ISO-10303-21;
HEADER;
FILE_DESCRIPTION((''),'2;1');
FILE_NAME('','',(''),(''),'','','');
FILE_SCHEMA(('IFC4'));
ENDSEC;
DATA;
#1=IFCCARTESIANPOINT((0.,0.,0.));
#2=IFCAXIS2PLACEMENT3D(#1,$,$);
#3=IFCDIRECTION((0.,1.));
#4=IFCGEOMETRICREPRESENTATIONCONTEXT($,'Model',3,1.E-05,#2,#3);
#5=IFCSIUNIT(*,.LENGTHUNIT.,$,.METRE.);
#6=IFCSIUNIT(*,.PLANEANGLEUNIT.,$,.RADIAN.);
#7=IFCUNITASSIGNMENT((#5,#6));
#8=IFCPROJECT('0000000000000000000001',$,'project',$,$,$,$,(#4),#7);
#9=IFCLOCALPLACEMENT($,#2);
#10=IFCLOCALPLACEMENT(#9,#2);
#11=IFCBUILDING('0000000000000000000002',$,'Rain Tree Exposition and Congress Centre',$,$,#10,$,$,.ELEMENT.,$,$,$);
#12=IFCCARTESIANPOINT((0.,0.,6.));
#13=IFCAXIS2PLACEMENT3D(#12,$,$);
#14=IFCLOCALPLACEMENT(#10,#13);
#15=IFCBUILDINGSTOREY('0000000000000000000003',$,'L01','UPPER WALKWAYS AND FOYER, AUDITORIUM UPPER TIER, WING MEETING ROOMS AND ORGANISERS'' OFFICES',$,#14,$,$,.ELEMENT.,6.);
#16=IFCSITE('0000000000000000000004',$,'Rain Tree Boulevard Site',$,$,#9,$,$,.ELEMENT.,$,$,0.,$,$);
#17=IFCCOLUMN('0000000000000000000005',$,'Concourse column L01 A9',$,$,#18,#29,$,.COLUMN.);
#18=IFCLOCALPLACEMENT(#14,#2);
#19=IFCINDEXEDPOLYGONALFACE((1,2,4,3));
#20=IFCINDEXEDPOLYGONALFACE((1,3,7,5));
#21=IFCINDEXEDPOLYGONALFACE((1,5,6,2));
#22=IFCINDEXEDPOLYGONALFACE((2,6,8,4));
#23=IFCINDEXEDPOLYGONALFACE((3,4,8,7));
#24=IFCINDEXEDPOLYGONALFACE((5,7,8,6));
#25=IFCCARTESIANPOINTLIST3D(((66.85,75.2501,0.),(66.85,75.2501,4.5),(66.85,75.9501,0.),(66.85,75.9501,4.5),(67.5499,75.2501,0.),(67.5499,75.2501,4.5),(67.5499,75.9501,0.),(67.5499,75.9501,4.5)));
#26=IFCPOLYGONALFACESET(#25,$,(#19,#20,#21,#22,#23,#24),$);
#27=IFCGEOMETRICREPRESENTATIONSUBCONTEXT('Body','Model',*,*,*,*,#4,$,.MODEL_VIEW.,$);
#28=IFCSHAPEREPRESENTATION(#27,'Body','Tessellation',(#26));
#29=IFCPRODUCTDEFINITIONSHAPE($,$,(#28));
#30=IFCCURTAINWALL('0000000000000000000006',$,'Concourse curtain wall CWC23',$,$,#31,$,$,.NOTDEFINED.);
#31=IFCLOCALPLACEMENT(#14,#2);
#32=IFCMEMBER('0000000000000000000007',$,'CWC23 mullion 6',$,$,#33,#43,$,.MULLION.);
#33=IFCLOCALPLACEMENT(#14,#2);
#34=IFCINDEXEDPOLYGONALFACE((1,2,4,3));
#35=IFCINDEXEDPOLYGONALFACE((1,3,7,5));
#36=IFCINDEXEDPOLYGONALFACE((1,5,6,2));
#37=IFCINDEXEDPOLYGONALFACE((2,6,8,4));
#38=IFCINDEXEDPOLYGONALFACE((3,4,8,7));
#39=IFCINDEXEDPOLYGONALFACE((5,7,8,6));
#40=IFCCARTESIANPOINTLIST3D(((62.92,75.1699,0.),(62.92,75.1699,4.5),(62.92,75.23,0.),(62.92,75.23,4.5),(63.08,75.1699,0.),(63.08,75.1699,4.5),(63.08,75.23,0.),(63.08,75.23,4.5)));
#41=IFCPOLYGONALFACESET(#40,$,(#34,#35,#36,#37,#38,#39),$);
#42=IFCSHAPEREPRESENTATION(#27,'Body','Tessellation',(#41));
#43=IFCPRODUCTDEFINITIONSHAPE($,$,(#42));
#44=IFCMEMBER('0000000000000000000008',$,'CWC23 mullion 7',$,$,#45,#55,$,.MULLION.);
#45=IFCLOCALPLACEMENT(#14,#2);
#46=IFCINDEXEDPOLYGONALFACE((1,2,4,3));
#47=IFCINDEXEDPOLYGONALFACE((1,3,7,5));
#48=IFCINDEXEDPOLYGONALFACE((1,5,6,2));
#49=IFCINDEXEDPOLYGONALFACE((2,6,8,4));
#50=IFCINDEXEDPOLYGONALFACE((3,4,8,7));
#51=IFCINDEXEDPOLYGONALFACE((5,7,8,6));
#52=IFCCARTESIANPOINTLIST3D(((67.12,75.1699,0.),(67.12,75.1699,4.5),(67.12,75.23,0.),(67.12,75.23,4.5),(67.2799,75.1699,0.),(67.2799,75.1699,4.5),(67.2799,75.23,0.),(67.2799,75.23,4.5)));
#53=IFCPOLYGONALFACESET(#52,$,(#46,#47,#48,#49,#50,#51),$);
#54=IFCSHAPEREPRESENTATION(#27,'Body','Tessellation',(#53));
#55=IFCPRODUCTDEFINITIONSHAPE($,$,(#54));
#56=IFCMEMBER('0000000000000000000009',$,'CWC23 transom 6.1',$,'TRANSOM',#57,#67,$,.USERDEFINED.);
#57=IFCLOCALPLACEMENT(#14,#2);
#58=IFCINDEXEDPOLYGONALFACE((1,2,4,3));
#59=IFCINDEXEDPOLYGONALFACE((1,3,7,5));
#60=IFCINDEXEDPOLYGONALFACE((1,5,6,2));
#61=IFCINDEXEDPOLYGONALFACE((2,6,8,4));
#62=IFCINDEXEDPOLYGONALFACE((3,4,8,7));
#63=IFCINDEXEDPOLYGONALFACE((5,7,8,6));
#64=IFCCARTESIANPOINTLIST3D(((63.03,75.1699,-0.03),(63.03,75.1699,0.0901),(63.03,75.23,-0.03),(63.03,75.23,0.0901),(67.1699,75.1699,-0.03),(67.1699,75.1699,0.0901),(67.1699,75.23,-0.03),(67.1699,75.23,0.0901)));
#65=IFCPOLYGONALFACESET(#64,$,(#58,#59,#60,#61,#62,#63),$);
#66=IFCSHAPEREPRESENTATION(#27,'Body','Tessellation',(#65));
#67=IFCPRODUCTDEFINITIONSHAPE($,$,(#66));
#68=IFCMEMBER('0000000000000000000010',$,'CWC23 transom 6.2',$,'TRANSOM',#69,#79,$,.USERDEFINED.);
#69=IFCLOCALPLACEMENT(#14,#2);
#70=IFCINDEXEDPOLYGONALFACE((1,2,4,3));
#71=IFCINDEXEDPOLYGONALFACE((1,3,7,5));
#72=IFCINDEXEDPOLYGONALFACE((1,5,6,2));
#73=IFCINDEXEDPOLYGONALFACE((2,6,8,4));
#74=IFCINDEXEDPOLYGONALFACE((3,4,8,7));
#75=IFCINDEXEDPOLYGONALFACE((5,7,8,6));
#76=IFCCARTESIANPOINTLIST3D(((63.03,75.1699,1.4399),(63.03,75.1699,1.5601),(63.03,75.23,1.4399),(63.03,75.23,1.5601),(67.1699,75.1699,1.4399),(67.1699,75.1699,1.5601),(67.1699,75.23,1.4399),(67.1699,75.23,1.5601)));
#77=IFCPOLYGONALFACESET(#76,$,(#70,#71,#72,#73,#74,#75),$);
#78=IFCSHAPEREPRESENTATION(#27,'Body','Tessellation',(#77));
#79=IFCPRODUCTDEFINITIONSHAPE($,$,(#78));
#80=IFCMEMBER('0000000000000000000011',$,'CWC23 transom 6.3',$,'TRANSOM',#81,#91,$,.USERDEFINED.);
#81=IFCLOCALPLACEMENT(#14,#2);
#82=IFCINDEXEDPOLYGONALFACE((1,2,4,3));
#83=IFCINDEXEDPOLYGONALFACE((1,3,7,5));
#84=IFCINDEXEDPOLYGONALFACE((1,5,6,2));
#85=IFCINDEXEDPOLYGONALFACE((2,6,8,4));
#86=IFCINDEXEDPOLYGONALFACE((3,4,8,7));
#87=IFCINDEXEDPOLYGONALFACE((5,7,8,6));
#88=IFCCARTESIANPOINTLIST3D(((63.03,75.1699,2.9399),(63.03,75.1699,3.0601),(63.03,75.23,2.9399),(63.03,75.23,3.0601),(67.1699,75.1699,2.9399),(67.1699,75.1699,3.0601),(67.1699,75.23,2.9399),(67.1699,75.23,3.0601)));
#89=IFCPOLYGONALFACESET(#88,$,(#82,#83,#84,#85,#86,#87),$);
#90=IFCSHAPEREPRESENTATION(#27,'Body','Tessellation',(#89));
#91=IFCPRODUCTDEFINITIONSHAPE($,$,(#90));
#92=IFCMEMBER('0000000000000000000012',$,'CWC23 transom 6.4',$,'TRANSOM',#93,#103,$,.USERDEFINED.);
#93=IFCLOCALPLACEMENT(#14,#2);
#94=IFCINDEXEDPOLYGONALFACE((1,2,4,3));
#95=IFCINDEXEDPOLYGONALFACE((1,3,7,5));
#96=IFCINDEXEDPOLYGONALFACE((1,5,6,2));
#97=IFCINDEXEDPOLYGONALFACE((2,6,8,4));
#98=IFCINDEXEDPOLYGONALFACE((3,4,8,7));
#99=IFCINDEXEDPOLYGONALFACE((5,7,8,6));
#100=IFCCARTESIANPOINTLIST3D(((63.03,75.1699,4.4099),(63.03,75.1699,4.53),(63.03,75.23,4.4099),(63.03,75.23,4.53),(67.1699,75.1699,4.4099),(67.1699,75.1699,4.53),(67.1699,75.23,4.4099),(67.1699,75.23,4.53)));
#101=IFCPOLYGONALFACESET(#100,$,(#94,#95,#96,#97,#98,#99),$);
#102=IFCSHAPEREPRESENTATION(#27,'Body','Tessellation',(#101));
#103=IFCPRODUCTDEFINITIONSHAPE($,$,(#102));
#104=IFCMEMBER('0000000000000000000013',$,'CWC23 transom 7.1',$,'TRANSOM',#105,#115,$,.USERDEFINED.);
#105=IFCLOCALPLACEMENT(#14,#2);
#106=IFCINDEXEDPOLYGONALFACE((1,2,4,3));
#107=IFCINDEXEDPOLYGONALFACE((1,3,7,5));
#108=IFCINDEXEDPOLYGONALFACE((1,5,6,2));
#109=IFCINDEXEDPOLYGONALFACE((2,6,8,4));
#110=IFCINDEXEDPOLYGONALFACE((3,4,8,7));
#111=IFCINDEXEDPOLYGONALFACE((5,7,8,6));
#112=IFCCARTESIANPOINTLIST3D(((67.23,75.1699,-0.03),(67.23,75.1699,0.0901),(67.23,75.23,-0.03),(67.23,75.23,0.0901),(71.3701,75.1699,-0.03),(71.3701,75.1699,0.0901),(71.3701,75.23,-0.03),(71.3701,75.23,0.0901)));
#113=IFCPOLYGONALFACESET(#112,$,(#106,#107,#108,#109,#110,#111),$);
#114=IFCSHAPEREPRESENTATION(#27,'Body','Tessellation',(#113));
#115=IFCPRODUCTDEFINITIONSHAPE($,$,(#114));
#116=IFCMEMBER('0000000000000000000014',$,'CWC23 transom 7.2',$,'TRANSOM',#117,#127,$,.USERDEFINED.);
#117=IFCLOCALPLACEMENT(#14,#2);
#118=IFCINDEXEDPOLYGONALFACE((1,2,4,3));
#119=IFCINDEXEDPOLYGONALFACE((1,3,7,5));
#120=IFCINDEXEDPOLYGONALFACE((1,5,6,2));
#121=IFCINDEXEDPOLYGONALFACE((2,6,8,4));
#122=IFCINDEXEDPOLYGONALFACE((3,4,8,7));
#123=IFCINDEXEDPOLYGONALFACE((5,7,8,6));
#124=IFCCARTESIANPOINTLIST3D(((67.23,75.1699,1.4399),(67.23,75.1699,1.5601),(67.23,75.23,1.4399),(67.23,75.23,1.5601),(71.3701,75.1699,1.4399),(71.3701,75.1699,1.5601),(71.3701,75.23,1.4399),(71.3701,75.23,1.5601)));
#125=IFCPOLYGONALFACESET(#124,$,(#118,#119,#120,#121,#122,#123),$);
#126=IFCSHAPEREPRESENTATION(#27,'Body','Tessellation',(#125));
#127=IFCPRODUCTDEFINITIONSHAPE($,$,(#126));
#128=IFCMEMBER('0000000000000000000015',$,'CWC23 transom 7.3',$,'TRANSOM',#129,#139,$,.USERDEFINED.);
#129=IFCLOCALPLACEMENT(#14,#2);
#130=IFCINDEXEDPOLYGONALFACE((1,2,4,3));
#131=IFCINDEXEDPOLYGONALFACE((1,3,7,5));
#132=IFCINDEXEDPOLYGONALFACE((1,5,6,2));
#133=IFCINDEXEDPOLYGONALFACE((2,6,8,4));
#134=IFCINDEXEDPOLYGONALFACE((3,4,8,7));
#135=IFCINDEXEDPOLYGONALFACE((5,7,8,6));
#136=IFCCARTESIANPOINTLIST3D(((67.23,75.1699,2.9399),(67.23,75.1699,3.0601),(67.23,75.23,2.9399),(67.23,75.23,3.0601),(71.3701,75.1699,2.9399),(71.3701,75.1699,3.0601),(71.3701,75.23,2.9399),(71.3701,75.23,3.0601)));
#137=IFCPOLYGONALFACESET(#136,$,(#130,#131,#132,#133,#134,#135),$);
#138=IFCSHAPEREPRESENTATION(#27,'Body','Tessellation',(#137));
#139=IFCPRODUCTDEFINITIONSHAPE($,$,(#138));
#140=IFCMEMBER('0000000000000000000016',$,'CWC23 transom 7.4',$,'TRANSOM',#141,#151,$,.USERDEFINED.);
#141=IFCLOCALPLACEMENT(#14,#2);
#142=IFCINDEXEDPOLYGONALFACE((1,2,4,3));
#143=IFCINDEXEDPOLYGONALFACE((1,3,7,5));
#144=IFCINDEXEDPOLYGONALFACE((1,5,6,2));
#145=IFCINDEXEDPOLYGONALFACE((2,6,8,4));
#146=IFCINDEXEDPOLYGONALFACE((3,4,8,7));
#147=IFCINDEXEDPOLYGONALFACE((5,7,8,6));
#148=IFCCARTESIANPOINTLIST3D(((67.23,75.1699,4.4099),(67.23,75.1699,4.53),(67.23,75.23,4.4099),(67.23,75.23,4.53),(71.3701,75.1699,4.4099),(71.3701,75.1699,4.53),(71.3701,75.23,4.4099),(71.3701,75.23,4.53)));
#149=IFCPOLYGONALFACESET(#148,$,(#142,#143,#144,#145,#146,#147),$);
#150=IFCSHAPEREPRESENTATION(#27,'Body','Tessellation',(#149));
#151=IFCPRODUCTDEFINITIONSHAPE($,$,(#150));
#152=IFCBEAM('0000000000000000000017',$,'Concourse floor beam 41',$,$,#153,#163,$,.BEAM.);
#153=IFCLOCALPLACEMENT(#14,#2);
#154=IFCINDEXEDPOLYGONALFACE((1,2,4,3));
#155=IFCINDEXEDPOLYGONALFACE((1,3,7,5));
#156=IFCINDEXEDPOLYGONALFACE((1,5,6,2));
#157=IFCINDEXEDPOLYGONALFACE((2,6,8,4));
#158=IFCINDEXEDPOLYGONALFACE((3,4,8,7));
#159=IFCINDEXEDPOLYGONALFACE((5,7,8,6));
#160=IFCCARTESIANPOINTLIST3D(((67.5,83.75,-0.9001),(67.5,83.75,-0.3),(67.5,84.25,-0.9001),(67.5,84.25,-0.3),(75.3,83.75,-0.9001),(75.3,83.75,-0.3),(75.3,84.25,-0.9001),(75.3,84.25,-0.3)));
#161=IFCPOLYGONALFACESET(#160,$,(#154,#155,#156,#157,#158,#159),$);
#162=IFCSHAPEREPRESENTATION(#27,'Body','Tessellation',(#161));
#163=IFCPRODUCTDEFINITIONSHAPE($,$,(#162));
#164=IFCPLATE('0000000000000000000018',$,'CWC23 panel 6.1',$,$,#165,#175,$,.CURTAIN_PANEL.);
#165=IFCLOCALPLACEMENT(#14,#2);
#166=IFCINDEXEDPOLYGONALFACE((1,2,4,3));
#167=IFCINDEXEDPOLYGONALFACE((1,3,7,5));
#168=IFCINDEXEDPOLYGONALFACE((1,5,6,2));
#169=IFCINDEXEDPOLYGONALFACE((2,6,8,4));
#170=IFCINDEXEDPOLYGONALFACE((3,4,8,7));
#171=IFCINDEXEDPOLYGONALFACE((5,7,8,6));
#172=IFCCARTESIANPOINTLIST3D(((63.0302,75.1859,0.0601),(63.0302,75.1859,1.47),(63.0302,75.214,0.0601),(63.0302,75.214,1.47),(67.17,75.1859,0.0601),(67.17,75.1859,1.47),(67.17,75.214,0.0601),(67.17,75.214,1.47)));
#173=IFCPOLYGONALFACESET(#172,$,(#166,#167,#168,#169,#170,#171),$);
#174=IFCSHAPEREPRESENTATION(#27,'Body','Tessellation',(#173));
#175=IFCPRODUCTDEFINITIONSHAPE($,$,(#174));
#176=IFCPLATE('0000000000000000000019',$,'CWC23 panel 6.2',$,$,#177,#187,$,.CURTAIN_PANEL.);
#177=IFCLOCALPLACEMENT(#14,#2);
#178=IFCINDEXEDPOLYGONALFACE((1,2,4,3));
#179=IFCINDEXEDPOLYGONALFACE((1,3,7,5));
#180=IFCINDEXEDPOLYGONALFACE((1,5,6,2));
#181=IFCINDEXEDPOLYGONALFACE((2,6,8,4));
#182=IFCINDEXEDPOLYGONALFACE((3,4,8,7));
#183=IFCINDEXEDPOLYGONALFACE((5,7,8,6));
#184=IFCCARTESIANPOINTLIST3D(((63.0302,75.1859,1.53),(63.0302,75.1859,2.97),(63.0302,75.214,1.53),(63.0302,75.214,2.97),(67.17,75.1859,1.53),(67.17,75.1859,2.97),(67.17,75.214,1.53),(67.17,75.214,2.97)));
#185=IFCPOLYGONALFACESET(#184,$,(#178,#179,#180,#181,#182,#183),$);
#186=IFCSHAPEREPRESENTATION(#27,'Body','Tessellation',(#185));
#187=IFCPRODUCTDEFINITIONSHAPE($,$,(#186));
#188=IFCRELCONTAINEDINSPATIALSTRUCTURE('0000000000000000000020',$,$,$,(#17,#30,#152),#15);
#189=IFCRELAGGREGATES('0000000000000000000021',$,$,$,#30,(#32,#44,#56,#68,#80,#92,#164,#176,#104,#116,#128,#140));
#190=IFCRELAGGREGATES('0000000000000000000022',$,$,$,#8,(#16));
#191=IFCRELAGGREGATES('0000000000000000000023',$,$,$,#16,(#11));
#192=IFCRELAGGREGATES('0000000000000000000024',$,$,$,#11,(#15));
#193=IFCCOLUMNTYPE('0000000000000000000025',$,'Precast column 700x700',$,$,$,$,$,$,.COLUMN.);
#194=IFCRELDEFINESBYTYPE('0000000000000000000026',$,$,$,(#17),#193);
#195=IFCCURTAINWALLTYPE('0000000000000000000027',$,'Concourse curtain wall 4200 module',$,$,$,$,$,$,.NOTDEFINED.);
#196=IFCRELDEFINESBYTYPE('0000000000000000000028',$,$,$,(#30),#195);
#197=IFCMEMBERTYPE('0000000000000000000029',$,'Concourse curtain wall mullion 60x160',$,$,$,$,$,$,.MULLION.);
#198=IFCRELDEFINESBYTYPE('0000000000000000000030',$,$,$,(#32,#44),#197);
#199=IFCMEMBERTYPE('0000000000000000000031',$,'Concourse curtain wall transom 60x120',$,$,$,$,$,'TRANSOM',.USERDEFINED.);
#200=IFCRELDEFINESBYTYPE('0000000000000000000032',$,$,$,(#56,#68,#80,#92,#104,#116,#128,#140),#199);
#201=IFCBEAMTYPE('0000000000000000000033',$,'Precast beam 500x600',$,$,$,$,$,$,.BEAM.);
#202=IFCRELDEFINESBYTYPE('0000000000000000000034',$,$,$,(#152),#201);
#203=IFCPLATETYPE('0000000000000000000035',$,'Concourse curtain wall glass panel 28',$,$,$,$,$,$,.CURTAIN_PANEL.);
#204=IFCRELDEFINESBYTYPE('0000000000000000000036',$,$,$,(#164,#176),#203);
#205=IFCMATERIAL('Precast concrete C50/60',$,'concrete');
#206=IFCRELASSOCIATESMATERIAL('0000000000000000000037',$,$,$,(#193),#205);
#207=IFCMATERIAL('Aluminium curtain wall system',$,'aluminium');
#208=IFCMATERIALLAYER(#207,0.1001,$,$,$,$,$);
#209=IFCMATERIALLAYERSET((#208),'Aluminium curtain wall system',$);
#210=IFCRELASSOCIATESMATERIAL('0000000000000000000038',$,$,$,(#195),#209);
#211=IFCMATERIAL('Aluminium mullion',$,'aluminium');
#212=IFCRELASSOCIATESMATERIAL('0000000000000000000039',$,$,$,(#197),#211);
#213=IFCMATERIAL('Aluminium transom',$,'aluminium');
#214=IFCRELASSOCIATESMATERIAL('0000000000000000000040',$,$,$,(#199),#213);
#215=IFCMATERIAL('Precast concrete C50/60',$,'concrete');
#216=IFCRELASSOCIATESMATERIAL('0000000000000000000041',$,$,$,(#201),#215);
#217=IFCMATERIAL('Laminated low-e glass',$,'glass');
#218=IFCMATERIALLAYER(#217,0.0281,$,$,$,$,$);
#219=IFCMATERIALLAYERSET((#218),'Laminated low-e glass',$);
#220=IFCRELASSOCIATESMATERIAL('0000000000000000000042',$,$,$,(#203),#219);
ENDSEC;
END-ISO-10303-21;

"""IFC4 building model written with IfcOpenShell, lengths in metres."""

from ifc_helpers import new_model, si_unit, direction, frame, origin, origin_2d, place, context, subcontext, project, spatial, rectangle, extrude, material, layer, layer_set, material_profile, profile_set, type_object, element, aggregate, save


model = new_model("IFC4")

# Units and contexts
model_context = context("Model", 3, precision=1e-05, world=origin(), true_north=direction((0.0, 1.0)))
body_context = subcontext(model_context, "Body", "Model", "MODEL_VIEW")
ifc_project = project(units=[si_unit("LENGTHUNIT", "METRE"), si_unit("PLANEANGLEUNIT", "RADIAN")], contexts=[model_context])

# Site, building, storey
site_placement = place(None, origin())
site = spatial("IfcSite", under=ifc_project, at=site_placement, Name="Rain Tree Boulevard Site", CompositionType="ELEMENT", RefElevation=0.0)
building_placement = place(site_placement, origin())
building = spatial("IfcBuilding", under=site, at=building_placement, Name="Rain Tree Exposition and Congress Centre", CompositionType="ELEMENT")
storey_placement = place(building_placement, frame((0.0, 0.0, 6.0)))
storey = spatial("IfcBuildingStorey", under=building, at=storey_placement, Name="L01", Description="UPPER WALKWAYS AND FOYER, AUDITORIUM UPPER TIER, WING MEETING ROOMS AND ORGANISERS' OFFICES", CompositionType="ELEMENT", Elevation=6.0)

# Column
ifc_material_1 = material(Name="Precast concrete C50/60", Category="concrete")
ifc_material_profile_1 = material_profile(ifc_material_1, rectangle(XDim=0.7, YDim=0.7, at=origin_2d()), Name="RC 700x700")
ifc_profile_set_1 = profile_set([ifc_material_profile_1], Name="Precast concrete C50/60")
column_type = type_object("IfcColumnType", Name="Precast column 700x700", PredefinedType="COLUMN", material=ifc_profile_set_1)
column_placement = place(storey_placement, frame((67.2, 75.6001, 0.0), z_axis=(0.0, 0.0, 1.0), x_axis=(1.0, 0.0, 0.0)))
element("IfcColumn", 1, at=column_placement, inside=storey, type_object=column_type, Name="Concourse column L01 A9", PredefinedType="COLUMN", context=body_context, shape_type="SweptSolid", body=[
    extrude(rectangle(XDim=0.7, YDim=0.7, at=origin_2d()), origin(), (0.0, 0.0, 1.0), 4.5),
])

# Curtain wall, members
ifc_material_2 = material(Name="Aluminium curtain wall system", Category="aluminium")
ifc_layer_1 = layer(ifc_material_2, 0.1001)
ifc_layer_set_1 = layer_set([ifc_layer_1], Name="Aluminium curtain wall system")
curtain_wall_type = type_object("IfcCurtainWallType", Name="Concourse curtain wall 4200 module", PredefinedType="NOTDEFINED", material=ifc_layer_set_1)
curtain_wall_placement = place(storey_placement, origin())
curtain_wall = element("IfcCurtainWall", 2, at=curtain_wall_placement, inside=storey, type_object=curtain_wall_type, Name="Concourse curtain wall CWC23", PredefinedType="NOTDEFINED")
ifc_material_3 = material(Name="Aluminium mullion", Category="aluminium")
ifc_material_profile_2 = material_profile(ifc_material_3, rectangle(XDim=0.0601, YDim=0.1599, at=origin_2d()), Name="AL 60x160")
ifc_profile_set_2 = profile_set([ifc_material_profile_2], Name="Aluminium mullion")
member_type_1 = type_object("IfcMemberType", Name="Concourse curtain wall mullion 60x160", PredefinedType="MULLION", material=ifc_profile_set_2)
member_1_placement = place(storey_placement, frame((63.0, 75.2, 0.0), z_axis=(0.0, 0.0, 1.0), x_axis=(0.0, 1.0, 0.0)))
member_1 = element("IfcMember", 3, at=member_1_placement, type_object=member_type_1, Name="CWC23 mullion 6", PredefinedType="MULLION", context=body_context, shape_type="SweptSolid", body=[
    extrude(rectangle(XDim=0.0601, YDim=0.1599, at=origin_2d()), origin(), (0.0, 0.0, 1.0), 4.5),
])
member_2_placement = place(storey_placement, frame((67.2, 75.2, 0.0), z_axis=(0.0, 0.0, 1.0), x_axis=(0.0, 1.0, 0.0)))
member_2 = element("IfcMember", 4, at=member_2_placement, type_object=member_type_1, Name="CWC23 mullion 7", PredefinedType="MULLION", context=body_context, shape_type="SweptSolid", body=[
    extrude(rectangle(XDim=0.0601, YDim=0.1599, at=origin_2d()), origin(), (0.0, 0.0, 1.0), 4.5),
])
ifc_material_4 = material(Name="Aluminium transom", Category="aluminium")
ifc_material_profile_3 = material_profile(ifc_material_4, rectangle(XDim=0.0601, YDim=0.1201, at=origin_2d()), Name="AL 60x120")
ifc_profile_set_3 = profile_set([ifc_material_profile_3], Name="Aluminium transom")
member_type_2 = type_object("IfcMemberType", Name="Concourse curtain wall transom 60x120", ElementType="TRANSOM", PredefinedType="USERDEFINED", material=ifc_profile_set_3)
member_3_placement = place(storey_placement, frame((63.03, 75.2, 0.03), z_axis=(1.0, 0.0, 0.0), x_axis=(0.0, 1.0, 0.0)))
member_3 = element("IfcMember", 5, at=member_3_placement, type_object=member_type_2, Name="CWC23 transom 6.1", ObjectType="TRANSOM", PredefinedType="USERDEFINED", context=body_context, shape_type="SweptSolid", body=[
    extrude(rectangle(XDim=0.0601, YDim=0.1201, at=origin_2d()), origin(), (0.0, 0.0, 1.0), 4.1399),
])
member_4_placement = place(storey_placement, frame((63.03, 75.2, 1.5), z_axis=(1.0, 0.0, 0.0), x_axis=(0.0, 1.0, 0.0)))
member_4 = element("IfcMember", 6, at=member_4_placement, type_object=member_type_2, Name="CWC23 transom 6.2", ObjectType="TRANSOM", PredefinedType="USERDEFINED", context=body_context, shape_type="SweptSolid", body=[
    extrude(rectangle(XDim=0.0601, YDim=0.1201, at=origin_2d()), origin(), (0.0, 0.0, 1.0), 4.1399),
])
member_5_placement = place(storey_placement, frame((63.03, 75.2, 3.0), z_axis=(1.0, 0.0, 0.0), x_axis=(0.0, 1.0, 0.0)))
member_5 = element("IfcMember", 7, at=member_5_placement, type_object=member_type_2, Name="CWC23 transom 6.3", ObjectType="TRANSOM", PredefinedType="USERDEFINED", context=body_context, shape_type="SweptSolid", body=[
    extrude(rectangle(XDim=0.0601, YDim=0.1201, at=origin_2d()), origin(), (0.0, 0.0, 1.0), 4.1399),
])
member_6_placement = place(storey_placement, frame((63.03, 75.2, 4.47), z_axis=(1.0, 0.0, 0.0), x_axis=(0.0, 1.0, 0.0)))
member_6 = element("IfcMember", 8, at=member_6_placement, type_object=member_type_2, Name="CWC23 transom 6.4", ObjectType="TRANSOM", PredefinedType="USERDEFINED", context=body_context, shape_type="SweptSolid", body=[
    extrude(rectangle(XDim=0.0601, YDim=0.1201, at=origin_2d()), origin(), (0.0, 0.0, 1.0), 4.1399),
])
member_7_placement = place(storey_placement, frame((67.23, 75.2, 0.03), z_axis=(1.0, 0.0, 0.0), x_axis=(0.0, 1.0, 0.0)))
member_7 = element("IfcMember", 9, at=member_7_placement, type_object=member_type_2, Name="CWC23 transom 7.1", ObjectType="TRANSOM", PredefinedType="USERDEFINED", context=body_context, shape_type="SweptSolid", body=[
    extrude(rectangle(XDim=0.0601, YDim=0.1201, at=origin_2d()), origin(), (0.0, 0.0, 1.0), 4.1401),
])
member_8_placement = place(storey_placement, frame((67.23, 75.2, 1.5), z_axis=(1.0, 0.0, 0.0), x_axis=(0.0, 1.0, 0.0)))
member_8 = element("IfcMember", 10, at=member_8_placement, type_object=member_type_2, Name="CWC23 transom 7.2", ObjectType="TRANSOM", PredefinedType="USERDEFINED", context=body_context, shape_type="SweptSolid", body=[
    extrude(rectangle(XDim=0.0601, YDim=0.1201, at=origin_2d()), origin(), (0.0, 0.0, 1.0), 4.1401),
])
member_9_placement = place(storey_placement, frame((67.23, 75.2, 3.0), z_axis=(1.0, 0.0, 0.0), x_axis=(0.0, 1.0, 0.0)))
member_9 = element("IfcMember", 11, at=member_9_placement, type_object=member_type_2, Name="CWC23 transom 7.3", ObjectType="TRANSOM", PredefinedType="USERDEFINED", context=body_context, shape_type="SweptSolid", body=[
    extrude(rectangle(XDim=0.0601, YDim=0.1201, at=origin_2d()), origin(), (0.0, 0.0, 1.0), 4.1401),
])
member_10_placement = place(storey_placement, frame((67.23, 75.2, 4.47), z_axis=(1.0, 0.0, 0.0), x_axis=(0.0, 1.0, 0.0)))
member_10 = element("IfcMember", 12, at=member_10_placement, type_object=member_type_2, Name="CWC23 transom 7.4", ObjectType="TRANSOM", PredefinedType="USERDEFINED", context=body_context, shape_type="SweptSolid", body=[
    extrude(rectangle(XDim=0.0601, YDim=0.1201, at=origin_2d()), origin(), (0.0, 0.0, 1.0), 4.1401),
])

# Beam
ifc_material_5 = material(Name="Precast concrete C50/60", Category="concrete")
ifc_material_profile_4 = material_profile(ifc_material_5, rectangle(XDim=0.5, YDim=0.6001, at=origin_2d()), Name="RC 500x600")
ifc_profile_set_4 = profile_set([ifc_material_profile_4], Name="Precast concrete C50/60")
beam_type = type_object("IfcBeamType", Name="Precast beam 500x600", PredefinedType="BEAM", material=ifc_profile_set_4)
beam_placement = place(storey_placement, frame((67.5, 84.0, -0.6001), z_axis=(1.0, 0.0, 0.0), x_axis=(0.0, 1.0, 0.0)))
element("IfcBeam", 13, at=beam_placement, inside=storey, type_object=beam_type, Name="Concourse floor beam 41", PredefinedType="BEAM", context=body_context, shape_type="SweptSolid", body=[
    extrude(rectangle(XDim=0.5, YDim=0.6001, at=origin_2d()), origin(), (0.0, 0.0, 1.0), 7.8),
])

# Plates
ifc_material_6 = material(Name="Laminated low-e glass", Category="glass")
ifc_layer_2 = layer(ifc_material_6, 0.0281)
ifc_layer_set_2 = layer_set([ifc_layer_2], Name="Laminated low-e glass")
plate_type = type_object("IfcPlateType", Name="Concourse curtain wall glass panel 28", PredefinedType="CURTAIN_PANEL", material=ifc_layer_set_2)
plate_1_placement = place(storey_placement, frame((65.1001, 75.2, 0.0601), z_axis=(0.0, 0.0, 1.0), x_axis=(1.0, 0.0, 0.0)))
plate_1 = element("IfcPlate", 14, at=plate_1_placement, type_object=plate_type, Name="CWC23 panel 6.1", PredefinedType="CURTAIN_PANEL", context=body_context, shape_type="SweptSolid", body=[
    extrude(rectangle(XDim=4.1399, YDim=0.0281, at=origin_2d()), origin(), (0.0, 0.0, 1.0), 1.4099),
])
plate_2_placement = place(storey_placement, frame((65.1001, 75.2, 1.53), z_axis=(0.0, 0.0, 1.0), x_axis=(1.0, 0.0, 0.0)))
plate_2 = element("IfcPlate", 15, at=plate_2_placement, type_object=plate_type, Name="CWC23 panel 6.2", PredefinedType="CURTAIN_PANEL", context=body_context, shape_type="SweptSolid", body=[
    extrude(rectangle(XDim=4.1399, YDim=0.0281, at=origin_2d()), origin(), (0.0, 0.0, 1.0), 1.4399),
])
aggregate(curtain_wall, [member_1, member_2, member_3, member_4, member_5, member_6, plate_1, plate_2, member_7, member_8, member_9, member_10])

save(model, "model.ifc")
